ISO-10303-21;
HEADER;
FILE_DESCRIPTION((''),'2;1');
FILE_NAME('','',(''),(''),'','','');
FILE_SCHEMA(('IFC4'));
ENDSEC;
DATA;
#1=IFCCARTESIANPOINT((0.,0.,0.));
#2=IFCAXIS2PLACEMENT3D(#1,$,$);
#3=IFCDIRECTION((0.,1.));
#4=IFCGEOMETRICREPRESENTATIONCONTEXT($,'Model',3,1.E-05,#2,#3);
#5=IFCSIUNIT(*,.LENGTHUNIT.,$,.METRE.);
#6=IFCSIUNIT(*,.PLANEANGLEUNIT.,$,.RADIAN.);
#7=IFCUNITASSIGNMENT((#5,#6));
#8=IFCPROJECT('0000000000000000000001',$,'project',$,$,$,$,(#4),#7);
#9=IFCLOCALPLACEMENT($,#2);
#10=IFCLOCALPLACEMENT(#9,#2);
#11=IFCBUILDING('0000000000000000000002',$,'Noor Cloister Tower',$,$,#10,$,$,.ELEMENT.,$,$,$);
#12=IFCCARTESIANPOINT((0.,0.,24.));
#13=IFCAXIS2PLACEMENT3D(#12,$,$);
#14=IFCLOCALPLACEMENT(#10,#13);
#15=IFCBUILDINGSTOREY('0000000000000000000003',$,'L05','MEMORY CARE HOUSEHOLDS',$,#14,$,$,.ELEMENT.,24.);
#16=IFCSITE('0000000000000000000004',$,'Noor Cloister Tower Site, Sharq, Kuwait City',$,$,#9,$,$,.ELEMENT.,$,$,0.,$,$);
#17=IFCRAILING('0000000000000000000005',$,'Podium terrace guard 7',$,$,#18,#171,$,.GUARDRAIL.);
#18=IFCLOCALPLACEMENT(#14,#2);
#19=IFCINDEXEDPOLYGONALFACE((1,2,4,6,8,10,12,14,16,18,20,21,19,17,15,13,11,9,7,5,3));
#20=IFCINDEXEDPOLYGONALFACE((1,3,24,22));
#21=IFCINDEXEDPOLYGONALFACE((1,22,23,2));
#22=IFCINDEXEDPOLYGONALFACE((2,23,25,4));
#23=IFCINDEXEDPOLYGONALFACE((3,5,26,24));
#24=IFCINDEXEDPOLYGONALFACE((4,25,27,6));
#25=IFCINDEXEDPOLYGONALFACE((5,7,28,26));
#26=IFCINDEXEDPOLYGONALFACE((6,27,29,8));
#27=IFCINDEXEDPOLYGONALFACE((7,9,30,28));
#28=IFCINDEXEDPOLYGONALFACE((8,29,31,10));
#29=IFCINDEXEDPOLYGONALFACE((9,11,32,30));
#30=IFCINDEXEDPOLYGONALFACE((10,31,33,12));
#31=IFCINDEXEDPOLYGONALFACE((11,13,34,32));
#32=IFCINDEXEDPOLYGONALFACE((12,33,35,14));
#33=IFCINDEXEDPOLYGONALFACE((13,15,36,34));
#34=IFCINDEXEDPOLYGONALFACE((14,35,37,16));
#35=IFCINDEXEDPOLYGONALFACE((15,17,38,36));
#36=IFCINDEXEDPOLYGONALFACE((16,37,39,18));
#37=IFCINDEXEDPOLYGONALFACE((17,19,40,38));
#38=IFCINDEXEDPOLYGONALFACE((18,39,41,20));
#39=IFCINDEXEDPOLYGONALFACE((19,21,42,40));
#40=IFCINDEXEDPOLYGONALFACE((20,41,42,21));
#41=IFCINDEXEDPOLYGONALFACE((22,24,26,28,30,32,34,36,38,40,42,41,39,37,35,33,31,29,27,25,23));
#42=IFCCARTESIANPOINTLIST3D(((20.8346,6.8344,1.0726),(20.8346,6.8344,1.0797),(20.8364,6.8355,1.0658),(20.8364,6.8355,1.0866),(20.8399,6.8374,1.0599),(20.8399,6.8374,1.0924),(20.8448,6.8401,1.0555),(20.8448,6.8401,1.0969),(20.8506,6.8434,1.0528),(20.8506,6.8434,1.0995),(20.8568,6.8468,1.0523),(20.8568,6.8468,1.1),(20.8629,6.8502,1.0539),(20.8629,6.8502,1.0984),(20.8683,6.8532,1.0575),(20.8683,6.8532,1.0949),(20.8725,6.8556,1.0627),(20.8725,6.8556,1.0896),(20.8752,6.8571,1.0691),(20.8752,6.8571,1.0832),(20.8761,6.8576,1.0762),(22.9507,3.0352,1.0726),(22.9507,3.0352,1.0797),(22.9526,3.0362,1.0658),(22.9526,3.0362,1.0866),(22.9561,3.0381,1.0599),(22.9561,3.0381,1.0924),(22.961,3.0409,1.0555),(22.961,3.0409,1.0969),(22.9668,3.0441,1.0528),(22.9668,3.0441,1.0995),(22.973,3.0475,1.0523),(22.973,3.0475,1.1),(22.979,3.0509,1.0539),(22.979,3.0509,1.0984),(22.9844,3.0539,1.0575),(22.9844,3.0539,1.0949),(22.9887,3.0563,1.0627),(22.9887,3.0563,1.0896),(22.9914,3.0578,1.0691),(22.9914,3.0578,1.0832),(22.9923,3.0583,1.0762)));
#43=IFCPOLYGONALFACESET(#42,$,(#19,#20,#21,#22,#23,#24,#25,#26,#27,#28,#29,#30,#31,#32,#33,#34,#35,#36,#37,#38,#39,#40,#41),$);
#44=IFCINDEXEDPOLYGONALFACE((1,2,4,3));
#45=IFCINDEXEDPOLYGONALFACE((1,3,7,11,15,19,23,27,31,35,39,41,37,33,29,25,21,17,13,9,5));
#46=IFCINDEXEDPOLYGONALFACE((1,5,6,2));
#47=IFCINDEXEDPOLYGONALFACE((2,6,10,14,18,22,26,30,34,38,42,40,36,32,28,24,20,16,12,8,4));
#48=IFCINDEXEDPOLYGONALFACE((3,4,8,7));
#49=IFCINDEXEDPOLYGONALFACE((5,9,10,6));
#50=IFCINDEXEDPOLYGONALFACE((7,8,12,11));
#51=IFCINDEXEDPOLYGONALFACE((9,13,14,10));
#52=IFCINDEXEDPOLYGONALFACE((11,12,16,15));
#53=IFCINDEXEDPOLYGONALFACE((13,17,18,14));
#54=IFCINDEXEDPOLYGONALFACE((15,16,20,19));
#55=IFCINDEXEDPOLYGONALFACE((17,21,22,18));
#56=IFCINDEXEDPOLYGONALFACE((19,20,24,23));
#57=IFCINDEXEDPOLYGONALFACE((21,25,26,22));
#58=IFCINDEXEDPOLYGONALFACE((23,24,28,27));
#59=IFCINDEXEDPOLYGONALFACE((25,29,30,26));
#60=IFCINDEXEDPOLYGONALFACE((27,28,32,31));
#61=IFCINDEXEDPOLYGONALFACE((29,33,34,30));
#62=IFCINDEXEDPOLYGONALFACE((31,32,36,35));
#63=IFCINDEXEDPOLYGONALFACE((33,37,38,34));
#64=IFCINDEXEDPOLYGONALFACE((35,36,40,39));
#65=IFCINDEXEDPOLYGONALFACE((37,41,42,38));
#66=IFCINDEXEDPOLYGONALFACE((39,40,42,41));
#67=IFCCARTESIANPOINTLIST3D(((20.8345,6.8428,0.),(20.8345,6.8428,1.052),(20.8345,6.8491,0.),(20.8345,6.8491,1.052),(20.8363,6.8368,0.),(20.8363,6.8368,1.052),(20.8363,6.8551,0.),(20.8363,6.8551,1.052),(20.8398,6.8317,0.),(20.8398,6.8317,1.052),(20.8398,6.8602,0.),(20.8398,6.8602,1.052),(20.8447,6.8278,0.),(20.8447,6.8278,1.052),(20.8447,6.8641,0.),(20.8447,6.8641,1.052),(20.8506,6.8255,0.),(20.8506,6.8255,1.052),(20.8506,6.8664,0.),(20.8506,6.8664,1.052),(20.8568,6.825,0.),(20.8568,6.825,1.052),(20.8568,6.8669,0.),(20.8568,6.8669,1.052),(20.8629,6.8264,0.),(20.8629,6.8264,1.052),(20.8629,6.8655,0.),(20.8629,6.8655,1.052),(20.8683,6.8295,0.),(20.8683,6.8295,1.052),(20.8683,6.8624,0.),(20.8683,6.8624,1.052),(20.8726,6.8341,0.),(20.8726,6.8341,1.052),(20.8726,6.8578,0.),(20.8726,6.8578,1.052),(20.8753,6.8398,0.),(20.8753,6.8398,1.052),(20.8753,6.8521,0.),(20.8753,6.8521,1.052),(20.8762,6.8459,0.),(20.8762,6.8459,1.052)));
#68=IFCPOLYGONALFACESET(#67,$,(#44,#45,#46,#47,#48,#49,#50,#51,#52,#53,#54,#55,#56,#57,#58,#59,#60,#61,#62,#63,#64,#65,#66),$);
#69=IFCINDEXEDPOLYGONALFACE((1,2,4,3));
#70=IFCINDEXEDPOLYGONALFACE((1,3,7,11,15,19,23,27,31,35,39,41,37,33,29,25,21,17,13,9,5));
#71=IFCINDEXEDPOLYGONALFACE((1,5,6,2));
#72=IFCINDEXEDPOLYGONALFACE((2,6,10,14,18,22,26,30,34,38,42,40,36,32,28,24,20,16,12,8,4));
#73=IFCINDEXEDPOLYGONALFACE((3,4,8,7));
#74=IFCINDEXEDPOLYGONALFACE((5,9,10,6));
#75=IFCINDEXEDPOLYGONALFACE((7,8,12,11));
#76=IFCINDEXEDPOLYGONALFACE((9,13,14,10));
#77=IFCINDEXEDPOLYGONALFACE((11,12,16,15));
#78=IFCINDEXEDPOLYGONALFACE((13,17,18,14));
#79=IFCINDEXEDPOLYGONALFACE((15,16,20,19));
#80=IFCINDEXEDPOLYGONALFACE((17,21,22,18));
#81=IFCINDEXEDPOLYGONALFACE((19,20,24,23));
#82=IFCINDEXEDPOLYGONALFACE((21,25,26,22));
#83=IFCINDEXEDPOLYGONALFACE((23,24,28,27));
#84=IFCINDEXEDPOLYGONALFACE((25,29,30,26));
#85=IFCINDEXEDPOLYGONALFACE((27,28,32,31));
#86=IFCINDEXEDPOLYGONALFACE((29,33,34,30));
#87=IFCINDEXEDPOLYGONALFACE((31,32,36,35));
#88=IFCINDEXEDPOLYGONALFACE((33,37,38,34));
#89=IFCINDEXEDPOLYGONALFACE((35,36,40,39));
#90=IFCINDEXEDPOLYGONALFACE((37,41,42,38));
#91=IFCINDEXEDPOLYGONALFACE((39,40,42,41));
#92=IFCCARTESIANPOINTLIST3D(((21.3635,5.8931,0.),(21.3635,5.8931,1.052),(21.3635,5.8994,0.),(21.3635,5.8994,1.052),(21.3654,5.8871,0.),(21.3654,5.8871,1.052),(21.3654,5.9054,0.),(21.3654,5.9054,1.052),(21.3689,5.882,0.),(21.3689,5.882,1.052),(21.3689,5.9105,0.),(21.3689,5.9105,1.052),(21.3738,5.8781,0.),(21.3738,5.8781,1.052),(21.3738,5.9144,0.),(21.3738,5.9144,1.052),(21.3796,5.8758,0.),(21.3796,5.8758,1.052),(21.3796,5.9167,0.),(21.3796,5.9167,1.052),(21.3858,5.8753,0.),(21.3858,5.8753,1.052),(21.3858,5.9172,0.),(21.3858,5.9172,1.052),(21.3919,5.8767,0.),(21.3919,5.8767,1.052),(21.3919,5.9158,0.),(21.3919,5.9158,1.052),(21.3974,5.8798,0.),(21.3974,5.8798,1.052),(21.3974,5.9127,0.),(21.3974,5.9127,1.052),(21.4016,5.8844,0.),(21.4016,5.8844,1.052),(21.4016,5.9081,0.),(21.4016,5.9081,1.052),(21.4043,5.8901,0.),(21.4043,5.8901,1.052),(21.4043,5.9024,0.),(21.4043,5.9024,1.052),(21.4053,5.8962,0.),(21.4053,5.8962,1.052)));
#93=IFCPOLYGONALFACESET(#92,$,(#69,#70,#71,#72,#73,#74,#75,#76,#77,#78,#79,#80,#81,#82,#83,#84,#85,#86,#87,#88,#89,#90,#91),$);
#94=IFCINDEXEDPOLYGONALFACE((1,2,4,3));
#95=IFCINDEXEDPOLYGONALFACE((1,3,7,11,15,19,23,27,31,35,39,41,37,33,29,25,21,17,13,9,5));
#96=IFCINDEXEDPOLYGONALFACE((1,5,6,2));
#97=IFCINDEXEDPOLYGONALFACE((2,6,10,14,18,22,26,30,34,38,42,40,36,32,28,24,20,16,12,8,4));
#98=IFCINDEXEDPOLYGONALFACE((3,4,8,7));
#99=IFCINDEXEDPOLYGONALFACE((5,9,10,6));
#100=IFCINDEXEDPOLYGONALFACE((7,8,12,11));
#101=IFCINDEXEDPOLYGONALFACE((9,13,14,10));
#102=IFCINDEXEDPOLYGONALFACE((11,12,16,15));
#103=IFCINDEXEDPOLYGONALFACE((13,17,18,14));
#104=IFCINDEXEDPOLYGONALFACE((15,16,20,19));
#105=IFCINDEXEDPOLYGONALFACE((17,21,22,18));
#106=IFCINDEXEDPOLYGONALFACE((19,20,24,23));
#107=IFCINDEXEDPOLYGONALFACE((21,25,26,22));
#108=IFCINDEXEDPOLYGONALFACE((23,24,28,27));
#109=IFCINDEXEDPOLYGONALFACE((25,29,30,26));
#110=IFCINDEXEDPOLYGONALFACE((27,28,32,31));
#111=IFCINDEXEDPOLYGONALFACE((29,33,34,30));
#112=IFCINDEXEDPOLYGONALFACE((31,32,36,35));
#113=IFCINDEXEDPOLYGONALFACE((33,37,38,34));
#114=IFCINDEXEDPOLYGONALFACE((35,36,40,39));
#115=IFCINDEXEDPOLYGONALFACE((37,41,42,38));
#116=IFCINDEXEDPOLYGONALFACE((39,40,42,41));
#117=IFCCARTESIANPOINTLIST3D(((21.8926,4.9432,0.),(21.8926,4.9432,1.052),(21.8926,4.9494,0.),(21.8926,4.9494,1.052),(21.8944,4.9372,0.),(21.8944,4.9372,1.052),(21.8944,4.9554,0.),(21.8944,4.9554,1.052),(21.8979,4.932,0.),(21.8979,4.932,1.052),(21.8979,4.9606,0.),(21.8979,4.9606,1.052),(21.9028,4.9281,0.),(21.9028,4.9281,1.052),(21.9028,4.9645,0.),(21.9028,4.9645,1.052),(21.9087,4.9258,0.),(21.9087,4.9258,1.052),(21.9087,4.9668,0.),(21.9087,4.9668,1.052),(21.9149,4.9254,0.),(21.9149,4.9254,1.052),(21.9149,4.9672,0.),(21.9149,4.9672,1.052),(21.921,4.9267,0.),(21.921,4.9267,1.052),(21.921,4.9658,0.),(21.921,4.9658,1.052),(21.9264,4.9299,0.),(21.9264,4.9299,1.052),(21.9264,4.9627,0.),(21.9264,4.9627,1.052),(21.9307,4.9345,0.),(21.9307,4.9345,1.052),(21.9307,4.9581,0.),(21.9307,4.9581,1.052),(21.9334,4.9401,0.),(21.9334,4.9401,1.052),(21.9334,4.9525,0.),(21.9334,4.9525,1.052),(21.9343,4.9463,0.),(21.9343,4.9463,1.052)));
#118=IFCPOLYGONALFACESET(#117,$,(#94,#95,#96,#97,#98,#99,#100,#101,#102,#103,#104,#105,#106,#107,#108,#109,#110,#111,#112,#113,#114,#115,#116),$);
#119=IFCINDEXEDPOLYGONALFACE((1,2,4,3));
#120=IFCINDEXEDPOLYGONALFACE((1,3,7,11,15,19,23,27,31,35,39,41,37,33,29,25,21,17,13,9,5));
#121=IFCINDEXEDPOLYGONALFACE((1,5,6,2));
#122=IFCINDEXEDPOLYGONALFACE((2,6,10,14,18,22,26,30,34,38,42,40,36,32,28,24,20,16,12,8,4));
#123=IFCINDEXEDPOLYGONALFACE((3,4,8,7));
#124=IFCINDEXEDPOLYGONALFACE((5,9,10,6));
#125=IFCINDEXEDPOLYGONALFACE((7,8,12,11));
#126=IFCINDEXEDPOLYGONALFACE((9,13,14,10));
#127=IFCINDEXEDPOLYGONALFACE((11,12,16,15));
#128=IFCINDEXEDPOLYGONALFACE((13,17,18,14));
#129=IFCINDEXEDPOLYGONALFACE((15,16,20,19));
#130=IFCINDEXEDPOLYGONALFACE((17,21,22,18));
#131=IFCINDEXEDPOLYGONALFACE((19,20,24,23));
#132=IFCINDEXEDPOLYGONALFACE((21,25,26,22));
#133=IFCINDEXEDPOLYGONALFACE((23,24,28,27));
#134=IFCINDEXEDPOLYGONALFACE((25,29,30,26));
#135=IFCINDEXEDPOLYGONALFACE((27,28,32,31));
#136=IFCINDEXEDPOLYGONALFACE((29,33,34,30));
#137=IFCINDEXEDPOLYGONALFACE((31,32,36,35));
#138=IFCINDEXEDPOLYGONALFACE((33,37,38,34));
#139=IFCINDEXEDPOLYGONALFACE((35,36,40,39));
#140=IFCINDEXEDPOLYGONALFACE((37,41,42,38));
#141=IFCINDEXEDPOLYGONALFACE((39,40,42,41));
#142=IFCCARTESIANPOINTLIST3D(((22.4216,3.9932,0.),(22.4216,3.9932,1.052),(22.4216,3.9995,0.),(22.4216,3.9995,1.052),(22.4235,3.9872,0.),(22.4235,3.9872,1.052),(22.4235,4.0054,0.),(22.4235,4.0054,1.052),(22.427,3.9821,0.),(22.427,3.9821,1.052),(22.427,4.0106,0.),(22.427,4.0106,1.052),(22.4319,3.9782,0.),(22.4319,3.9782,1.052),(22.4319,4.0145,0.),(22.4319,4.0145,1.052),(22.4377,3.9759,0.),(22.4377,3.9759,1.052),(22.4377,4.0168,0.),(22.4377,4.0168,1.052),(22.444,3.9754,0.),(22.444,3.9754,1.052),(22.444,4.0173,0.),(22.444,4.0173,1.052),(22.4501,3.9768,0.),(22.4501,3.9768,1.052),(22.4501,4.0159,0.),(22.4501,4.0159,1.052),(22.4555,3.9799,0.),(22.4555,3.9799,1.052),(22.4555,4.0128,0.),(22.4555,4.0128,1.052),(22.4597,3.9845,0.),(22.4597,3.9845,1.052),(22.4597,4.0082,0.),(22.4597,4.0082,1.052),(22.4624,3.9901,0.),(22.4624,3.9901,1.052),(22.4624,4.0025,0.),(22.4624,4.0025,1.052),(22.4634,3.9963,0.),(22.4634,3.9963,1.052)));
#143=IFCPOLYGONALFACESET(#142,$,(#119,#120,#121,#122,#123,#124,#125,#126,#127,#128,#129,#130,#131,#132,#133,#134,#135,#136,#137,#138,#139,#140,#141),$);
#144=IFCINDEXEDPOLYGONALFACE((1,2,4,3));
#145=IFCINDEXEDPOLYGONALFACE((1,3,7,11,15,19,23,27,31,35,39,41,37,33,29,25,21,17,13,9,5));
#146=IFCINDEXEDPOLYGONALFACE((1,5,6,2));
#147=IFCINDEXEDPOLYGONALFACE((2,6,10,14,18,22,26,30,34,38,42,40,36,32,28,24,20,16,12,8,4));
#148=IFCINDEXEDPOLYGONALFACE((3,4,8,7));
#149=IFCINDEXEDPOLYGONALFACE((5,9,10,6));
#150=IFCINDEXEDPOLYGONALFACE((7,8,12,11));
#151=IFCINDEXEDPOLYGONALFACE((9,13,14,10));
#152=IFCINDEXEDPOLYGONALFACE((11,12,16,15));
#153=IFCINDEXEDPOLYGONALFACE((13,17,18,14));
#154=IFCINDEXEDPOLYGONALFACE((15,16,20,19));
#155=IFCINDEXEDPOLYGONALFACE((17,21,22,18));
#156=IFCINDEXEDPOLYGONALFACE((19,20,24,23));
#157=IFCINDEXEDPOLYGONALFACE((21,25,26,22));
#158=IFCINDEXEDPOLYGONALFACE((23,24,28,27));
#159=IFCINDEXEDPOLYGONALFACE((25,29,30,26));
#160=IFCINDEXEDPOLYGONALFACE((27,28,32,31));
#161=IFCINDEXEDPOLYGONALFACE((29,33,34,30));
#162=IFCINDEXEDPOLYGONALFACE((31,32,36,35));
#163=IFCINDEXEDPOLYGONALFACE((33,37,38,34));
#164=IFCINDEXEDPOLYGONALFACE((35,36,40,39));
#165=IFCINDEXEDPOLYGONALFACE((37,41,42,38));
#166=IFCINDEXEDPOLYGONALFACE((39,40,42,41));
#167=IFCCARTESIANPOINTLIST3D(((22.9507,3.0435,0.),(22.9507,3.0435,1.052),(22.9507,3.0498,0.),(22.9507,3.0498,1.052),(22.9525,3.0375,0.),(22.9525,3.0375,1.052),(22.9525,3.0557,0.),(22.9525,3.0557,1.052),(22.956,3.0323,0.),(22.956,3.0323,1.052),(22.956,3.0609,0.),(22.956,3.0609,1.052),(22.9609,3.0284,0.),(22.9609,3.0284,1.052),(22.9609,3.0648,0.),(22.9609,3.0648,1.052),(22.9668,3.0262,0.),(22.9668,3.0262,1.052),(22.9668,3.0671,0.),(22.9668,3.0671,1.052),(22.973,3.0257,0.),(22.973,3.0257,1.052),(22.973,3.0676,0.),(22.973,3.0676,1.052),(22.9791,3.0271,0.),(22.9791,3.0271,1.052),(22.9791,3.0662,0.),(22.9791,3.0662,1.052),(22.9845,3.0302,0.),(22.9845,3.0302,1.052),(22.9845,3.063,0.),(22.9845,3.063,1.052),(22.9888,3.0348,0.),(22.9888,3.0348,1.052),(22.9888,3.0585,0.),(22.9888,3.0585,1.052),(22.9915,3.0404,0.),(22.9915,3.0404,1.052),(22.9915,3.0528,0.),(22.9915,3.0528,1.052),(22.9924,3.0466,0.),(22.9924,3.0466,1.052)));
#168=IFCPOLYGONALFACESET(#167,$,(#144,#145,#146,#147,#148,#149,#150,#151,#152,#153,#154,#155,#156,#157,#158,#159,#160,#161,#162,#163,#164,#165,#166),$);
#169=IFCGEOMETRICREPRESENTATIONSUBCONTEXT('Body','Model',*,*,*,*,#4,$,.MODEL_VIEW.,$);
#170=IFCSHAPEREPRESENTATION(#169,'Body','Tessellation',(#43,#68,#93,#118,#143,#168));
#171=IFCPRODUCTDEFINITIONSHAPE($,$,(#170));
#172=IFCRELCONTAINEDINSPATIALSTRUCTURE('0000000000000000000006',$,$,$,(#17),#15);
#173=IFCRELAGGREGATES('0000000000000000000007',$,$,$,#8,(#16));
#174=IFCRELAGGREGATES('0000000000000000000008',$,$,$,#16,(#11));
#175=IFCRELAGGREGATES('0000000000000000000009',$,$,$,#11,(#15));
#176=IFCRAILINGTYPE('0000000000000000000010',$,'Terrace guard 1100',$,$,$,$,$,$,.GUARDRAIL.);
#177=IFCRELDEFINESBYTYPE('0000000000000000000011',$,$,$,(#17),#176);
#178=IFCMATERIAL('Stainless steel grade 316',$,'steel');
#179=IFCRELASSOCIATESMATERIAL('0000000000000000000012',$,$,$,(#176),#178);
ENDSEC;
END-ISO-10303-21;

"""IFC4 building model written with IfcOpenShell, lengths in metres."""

from ifc_helpers import new_model, si_unit, direction, frame, origin, origin_2d, place, context, subcontext, project, spatial, circle, extrude, material, type_object, element, save


model = new_model("IFC4")

# Units and contexts
model_context = context("Model", 3, precision=1e-05, world=origin(), true_north=direction((0.0, 1.0)))
body_context = subcontext(model_context, "Body", "Model", "MODEL_VIEW")
ifc_project = project(units=[si_unit("LENGTHUNIT", "METRE"), si_unit("PLANEANGLEUNIT", "RADIAN")], contexts=[model_context])

# Site, building, storey
site_placement = place(None, origin())
site = spatial("IfcSite", under=ifc_project, at=site_placement, Name="Noor Cloister Tower Site, Sharq, Kuwait City", CompositionType="ELEMENT", RefElevation=0.0)
building_placement = place(site_placement, origin())
building = spatial("IfcBuilding", under=site, at=building_placement, Name="Noor Cloister Tower", CompositionType="ELEMENT")
storey_placement = place(building_placement, frame((0.0, 0.0, 24.0)))
storey = spatial("IfcBuildingStorey", under=building, at=storey_placement, Name="L05", Description="MEMORY CARE HOUSEHOLDS", CompositionType="ELEMENT", Elevation=24.0)

# Railing
ifc_material_1 = material(Name="Stainless steel grade 316", Category="steel")
railing_type = type_object("IfcRailingType", Name="Terrace guard 1100", PredefinedType="GUARDRAIL", material=ifc_material_1)
railing_1_placement = place(storey_placement, frame((20.8552, 6.8459, 0.0)))
element("IfcRailing", 1, at=railing_1_placement, inside=storey, type_object=railing_type, Name="Podium terrace guard 7", PredefinedType="GUARDRAIL", context=body_context, shape_type="SweptSolid", body=[
    extrude(circle(Radius=0.0239, at=origin_2d()), frame((0.0, 0.0, 1.0762), z_axis=(0.486605, -0.873622, 0.0), x_axis=(0.873622, 0.486605, 0.0)), (0.0, 0.0, 1.0), 4.3489),
    extrude(circle(Radius=0.021, at=origin_2d()), origin(), (0.0, 0.0, 1.0), 1.052),
    extrude(circle(Radius=0.021, at=origin_2d()), frame((0.5291, -0.9497, 0.0)), (0.0, 0.0, 1.0), 1.052),
    extrude(circle(Radius=0.021, at=origin_2d()), frame((1.0581, -1.8997, 0.0)), (0.0, 0.0, 1.0), 1.052),
    extrude(circle(Radius=0.021, at=origin_2d()), frame((1.5872, -2.8496, 0.0)), (0.0, 0.0, 1.0), 1.052),
    extrude(circle(Radius=0.021, at=origin_2d()), frame((2.1162, -3.7993, 0.0)), (0.0, 0.0, 1.0), 1.052),
])

save(model, "model.ifc")
